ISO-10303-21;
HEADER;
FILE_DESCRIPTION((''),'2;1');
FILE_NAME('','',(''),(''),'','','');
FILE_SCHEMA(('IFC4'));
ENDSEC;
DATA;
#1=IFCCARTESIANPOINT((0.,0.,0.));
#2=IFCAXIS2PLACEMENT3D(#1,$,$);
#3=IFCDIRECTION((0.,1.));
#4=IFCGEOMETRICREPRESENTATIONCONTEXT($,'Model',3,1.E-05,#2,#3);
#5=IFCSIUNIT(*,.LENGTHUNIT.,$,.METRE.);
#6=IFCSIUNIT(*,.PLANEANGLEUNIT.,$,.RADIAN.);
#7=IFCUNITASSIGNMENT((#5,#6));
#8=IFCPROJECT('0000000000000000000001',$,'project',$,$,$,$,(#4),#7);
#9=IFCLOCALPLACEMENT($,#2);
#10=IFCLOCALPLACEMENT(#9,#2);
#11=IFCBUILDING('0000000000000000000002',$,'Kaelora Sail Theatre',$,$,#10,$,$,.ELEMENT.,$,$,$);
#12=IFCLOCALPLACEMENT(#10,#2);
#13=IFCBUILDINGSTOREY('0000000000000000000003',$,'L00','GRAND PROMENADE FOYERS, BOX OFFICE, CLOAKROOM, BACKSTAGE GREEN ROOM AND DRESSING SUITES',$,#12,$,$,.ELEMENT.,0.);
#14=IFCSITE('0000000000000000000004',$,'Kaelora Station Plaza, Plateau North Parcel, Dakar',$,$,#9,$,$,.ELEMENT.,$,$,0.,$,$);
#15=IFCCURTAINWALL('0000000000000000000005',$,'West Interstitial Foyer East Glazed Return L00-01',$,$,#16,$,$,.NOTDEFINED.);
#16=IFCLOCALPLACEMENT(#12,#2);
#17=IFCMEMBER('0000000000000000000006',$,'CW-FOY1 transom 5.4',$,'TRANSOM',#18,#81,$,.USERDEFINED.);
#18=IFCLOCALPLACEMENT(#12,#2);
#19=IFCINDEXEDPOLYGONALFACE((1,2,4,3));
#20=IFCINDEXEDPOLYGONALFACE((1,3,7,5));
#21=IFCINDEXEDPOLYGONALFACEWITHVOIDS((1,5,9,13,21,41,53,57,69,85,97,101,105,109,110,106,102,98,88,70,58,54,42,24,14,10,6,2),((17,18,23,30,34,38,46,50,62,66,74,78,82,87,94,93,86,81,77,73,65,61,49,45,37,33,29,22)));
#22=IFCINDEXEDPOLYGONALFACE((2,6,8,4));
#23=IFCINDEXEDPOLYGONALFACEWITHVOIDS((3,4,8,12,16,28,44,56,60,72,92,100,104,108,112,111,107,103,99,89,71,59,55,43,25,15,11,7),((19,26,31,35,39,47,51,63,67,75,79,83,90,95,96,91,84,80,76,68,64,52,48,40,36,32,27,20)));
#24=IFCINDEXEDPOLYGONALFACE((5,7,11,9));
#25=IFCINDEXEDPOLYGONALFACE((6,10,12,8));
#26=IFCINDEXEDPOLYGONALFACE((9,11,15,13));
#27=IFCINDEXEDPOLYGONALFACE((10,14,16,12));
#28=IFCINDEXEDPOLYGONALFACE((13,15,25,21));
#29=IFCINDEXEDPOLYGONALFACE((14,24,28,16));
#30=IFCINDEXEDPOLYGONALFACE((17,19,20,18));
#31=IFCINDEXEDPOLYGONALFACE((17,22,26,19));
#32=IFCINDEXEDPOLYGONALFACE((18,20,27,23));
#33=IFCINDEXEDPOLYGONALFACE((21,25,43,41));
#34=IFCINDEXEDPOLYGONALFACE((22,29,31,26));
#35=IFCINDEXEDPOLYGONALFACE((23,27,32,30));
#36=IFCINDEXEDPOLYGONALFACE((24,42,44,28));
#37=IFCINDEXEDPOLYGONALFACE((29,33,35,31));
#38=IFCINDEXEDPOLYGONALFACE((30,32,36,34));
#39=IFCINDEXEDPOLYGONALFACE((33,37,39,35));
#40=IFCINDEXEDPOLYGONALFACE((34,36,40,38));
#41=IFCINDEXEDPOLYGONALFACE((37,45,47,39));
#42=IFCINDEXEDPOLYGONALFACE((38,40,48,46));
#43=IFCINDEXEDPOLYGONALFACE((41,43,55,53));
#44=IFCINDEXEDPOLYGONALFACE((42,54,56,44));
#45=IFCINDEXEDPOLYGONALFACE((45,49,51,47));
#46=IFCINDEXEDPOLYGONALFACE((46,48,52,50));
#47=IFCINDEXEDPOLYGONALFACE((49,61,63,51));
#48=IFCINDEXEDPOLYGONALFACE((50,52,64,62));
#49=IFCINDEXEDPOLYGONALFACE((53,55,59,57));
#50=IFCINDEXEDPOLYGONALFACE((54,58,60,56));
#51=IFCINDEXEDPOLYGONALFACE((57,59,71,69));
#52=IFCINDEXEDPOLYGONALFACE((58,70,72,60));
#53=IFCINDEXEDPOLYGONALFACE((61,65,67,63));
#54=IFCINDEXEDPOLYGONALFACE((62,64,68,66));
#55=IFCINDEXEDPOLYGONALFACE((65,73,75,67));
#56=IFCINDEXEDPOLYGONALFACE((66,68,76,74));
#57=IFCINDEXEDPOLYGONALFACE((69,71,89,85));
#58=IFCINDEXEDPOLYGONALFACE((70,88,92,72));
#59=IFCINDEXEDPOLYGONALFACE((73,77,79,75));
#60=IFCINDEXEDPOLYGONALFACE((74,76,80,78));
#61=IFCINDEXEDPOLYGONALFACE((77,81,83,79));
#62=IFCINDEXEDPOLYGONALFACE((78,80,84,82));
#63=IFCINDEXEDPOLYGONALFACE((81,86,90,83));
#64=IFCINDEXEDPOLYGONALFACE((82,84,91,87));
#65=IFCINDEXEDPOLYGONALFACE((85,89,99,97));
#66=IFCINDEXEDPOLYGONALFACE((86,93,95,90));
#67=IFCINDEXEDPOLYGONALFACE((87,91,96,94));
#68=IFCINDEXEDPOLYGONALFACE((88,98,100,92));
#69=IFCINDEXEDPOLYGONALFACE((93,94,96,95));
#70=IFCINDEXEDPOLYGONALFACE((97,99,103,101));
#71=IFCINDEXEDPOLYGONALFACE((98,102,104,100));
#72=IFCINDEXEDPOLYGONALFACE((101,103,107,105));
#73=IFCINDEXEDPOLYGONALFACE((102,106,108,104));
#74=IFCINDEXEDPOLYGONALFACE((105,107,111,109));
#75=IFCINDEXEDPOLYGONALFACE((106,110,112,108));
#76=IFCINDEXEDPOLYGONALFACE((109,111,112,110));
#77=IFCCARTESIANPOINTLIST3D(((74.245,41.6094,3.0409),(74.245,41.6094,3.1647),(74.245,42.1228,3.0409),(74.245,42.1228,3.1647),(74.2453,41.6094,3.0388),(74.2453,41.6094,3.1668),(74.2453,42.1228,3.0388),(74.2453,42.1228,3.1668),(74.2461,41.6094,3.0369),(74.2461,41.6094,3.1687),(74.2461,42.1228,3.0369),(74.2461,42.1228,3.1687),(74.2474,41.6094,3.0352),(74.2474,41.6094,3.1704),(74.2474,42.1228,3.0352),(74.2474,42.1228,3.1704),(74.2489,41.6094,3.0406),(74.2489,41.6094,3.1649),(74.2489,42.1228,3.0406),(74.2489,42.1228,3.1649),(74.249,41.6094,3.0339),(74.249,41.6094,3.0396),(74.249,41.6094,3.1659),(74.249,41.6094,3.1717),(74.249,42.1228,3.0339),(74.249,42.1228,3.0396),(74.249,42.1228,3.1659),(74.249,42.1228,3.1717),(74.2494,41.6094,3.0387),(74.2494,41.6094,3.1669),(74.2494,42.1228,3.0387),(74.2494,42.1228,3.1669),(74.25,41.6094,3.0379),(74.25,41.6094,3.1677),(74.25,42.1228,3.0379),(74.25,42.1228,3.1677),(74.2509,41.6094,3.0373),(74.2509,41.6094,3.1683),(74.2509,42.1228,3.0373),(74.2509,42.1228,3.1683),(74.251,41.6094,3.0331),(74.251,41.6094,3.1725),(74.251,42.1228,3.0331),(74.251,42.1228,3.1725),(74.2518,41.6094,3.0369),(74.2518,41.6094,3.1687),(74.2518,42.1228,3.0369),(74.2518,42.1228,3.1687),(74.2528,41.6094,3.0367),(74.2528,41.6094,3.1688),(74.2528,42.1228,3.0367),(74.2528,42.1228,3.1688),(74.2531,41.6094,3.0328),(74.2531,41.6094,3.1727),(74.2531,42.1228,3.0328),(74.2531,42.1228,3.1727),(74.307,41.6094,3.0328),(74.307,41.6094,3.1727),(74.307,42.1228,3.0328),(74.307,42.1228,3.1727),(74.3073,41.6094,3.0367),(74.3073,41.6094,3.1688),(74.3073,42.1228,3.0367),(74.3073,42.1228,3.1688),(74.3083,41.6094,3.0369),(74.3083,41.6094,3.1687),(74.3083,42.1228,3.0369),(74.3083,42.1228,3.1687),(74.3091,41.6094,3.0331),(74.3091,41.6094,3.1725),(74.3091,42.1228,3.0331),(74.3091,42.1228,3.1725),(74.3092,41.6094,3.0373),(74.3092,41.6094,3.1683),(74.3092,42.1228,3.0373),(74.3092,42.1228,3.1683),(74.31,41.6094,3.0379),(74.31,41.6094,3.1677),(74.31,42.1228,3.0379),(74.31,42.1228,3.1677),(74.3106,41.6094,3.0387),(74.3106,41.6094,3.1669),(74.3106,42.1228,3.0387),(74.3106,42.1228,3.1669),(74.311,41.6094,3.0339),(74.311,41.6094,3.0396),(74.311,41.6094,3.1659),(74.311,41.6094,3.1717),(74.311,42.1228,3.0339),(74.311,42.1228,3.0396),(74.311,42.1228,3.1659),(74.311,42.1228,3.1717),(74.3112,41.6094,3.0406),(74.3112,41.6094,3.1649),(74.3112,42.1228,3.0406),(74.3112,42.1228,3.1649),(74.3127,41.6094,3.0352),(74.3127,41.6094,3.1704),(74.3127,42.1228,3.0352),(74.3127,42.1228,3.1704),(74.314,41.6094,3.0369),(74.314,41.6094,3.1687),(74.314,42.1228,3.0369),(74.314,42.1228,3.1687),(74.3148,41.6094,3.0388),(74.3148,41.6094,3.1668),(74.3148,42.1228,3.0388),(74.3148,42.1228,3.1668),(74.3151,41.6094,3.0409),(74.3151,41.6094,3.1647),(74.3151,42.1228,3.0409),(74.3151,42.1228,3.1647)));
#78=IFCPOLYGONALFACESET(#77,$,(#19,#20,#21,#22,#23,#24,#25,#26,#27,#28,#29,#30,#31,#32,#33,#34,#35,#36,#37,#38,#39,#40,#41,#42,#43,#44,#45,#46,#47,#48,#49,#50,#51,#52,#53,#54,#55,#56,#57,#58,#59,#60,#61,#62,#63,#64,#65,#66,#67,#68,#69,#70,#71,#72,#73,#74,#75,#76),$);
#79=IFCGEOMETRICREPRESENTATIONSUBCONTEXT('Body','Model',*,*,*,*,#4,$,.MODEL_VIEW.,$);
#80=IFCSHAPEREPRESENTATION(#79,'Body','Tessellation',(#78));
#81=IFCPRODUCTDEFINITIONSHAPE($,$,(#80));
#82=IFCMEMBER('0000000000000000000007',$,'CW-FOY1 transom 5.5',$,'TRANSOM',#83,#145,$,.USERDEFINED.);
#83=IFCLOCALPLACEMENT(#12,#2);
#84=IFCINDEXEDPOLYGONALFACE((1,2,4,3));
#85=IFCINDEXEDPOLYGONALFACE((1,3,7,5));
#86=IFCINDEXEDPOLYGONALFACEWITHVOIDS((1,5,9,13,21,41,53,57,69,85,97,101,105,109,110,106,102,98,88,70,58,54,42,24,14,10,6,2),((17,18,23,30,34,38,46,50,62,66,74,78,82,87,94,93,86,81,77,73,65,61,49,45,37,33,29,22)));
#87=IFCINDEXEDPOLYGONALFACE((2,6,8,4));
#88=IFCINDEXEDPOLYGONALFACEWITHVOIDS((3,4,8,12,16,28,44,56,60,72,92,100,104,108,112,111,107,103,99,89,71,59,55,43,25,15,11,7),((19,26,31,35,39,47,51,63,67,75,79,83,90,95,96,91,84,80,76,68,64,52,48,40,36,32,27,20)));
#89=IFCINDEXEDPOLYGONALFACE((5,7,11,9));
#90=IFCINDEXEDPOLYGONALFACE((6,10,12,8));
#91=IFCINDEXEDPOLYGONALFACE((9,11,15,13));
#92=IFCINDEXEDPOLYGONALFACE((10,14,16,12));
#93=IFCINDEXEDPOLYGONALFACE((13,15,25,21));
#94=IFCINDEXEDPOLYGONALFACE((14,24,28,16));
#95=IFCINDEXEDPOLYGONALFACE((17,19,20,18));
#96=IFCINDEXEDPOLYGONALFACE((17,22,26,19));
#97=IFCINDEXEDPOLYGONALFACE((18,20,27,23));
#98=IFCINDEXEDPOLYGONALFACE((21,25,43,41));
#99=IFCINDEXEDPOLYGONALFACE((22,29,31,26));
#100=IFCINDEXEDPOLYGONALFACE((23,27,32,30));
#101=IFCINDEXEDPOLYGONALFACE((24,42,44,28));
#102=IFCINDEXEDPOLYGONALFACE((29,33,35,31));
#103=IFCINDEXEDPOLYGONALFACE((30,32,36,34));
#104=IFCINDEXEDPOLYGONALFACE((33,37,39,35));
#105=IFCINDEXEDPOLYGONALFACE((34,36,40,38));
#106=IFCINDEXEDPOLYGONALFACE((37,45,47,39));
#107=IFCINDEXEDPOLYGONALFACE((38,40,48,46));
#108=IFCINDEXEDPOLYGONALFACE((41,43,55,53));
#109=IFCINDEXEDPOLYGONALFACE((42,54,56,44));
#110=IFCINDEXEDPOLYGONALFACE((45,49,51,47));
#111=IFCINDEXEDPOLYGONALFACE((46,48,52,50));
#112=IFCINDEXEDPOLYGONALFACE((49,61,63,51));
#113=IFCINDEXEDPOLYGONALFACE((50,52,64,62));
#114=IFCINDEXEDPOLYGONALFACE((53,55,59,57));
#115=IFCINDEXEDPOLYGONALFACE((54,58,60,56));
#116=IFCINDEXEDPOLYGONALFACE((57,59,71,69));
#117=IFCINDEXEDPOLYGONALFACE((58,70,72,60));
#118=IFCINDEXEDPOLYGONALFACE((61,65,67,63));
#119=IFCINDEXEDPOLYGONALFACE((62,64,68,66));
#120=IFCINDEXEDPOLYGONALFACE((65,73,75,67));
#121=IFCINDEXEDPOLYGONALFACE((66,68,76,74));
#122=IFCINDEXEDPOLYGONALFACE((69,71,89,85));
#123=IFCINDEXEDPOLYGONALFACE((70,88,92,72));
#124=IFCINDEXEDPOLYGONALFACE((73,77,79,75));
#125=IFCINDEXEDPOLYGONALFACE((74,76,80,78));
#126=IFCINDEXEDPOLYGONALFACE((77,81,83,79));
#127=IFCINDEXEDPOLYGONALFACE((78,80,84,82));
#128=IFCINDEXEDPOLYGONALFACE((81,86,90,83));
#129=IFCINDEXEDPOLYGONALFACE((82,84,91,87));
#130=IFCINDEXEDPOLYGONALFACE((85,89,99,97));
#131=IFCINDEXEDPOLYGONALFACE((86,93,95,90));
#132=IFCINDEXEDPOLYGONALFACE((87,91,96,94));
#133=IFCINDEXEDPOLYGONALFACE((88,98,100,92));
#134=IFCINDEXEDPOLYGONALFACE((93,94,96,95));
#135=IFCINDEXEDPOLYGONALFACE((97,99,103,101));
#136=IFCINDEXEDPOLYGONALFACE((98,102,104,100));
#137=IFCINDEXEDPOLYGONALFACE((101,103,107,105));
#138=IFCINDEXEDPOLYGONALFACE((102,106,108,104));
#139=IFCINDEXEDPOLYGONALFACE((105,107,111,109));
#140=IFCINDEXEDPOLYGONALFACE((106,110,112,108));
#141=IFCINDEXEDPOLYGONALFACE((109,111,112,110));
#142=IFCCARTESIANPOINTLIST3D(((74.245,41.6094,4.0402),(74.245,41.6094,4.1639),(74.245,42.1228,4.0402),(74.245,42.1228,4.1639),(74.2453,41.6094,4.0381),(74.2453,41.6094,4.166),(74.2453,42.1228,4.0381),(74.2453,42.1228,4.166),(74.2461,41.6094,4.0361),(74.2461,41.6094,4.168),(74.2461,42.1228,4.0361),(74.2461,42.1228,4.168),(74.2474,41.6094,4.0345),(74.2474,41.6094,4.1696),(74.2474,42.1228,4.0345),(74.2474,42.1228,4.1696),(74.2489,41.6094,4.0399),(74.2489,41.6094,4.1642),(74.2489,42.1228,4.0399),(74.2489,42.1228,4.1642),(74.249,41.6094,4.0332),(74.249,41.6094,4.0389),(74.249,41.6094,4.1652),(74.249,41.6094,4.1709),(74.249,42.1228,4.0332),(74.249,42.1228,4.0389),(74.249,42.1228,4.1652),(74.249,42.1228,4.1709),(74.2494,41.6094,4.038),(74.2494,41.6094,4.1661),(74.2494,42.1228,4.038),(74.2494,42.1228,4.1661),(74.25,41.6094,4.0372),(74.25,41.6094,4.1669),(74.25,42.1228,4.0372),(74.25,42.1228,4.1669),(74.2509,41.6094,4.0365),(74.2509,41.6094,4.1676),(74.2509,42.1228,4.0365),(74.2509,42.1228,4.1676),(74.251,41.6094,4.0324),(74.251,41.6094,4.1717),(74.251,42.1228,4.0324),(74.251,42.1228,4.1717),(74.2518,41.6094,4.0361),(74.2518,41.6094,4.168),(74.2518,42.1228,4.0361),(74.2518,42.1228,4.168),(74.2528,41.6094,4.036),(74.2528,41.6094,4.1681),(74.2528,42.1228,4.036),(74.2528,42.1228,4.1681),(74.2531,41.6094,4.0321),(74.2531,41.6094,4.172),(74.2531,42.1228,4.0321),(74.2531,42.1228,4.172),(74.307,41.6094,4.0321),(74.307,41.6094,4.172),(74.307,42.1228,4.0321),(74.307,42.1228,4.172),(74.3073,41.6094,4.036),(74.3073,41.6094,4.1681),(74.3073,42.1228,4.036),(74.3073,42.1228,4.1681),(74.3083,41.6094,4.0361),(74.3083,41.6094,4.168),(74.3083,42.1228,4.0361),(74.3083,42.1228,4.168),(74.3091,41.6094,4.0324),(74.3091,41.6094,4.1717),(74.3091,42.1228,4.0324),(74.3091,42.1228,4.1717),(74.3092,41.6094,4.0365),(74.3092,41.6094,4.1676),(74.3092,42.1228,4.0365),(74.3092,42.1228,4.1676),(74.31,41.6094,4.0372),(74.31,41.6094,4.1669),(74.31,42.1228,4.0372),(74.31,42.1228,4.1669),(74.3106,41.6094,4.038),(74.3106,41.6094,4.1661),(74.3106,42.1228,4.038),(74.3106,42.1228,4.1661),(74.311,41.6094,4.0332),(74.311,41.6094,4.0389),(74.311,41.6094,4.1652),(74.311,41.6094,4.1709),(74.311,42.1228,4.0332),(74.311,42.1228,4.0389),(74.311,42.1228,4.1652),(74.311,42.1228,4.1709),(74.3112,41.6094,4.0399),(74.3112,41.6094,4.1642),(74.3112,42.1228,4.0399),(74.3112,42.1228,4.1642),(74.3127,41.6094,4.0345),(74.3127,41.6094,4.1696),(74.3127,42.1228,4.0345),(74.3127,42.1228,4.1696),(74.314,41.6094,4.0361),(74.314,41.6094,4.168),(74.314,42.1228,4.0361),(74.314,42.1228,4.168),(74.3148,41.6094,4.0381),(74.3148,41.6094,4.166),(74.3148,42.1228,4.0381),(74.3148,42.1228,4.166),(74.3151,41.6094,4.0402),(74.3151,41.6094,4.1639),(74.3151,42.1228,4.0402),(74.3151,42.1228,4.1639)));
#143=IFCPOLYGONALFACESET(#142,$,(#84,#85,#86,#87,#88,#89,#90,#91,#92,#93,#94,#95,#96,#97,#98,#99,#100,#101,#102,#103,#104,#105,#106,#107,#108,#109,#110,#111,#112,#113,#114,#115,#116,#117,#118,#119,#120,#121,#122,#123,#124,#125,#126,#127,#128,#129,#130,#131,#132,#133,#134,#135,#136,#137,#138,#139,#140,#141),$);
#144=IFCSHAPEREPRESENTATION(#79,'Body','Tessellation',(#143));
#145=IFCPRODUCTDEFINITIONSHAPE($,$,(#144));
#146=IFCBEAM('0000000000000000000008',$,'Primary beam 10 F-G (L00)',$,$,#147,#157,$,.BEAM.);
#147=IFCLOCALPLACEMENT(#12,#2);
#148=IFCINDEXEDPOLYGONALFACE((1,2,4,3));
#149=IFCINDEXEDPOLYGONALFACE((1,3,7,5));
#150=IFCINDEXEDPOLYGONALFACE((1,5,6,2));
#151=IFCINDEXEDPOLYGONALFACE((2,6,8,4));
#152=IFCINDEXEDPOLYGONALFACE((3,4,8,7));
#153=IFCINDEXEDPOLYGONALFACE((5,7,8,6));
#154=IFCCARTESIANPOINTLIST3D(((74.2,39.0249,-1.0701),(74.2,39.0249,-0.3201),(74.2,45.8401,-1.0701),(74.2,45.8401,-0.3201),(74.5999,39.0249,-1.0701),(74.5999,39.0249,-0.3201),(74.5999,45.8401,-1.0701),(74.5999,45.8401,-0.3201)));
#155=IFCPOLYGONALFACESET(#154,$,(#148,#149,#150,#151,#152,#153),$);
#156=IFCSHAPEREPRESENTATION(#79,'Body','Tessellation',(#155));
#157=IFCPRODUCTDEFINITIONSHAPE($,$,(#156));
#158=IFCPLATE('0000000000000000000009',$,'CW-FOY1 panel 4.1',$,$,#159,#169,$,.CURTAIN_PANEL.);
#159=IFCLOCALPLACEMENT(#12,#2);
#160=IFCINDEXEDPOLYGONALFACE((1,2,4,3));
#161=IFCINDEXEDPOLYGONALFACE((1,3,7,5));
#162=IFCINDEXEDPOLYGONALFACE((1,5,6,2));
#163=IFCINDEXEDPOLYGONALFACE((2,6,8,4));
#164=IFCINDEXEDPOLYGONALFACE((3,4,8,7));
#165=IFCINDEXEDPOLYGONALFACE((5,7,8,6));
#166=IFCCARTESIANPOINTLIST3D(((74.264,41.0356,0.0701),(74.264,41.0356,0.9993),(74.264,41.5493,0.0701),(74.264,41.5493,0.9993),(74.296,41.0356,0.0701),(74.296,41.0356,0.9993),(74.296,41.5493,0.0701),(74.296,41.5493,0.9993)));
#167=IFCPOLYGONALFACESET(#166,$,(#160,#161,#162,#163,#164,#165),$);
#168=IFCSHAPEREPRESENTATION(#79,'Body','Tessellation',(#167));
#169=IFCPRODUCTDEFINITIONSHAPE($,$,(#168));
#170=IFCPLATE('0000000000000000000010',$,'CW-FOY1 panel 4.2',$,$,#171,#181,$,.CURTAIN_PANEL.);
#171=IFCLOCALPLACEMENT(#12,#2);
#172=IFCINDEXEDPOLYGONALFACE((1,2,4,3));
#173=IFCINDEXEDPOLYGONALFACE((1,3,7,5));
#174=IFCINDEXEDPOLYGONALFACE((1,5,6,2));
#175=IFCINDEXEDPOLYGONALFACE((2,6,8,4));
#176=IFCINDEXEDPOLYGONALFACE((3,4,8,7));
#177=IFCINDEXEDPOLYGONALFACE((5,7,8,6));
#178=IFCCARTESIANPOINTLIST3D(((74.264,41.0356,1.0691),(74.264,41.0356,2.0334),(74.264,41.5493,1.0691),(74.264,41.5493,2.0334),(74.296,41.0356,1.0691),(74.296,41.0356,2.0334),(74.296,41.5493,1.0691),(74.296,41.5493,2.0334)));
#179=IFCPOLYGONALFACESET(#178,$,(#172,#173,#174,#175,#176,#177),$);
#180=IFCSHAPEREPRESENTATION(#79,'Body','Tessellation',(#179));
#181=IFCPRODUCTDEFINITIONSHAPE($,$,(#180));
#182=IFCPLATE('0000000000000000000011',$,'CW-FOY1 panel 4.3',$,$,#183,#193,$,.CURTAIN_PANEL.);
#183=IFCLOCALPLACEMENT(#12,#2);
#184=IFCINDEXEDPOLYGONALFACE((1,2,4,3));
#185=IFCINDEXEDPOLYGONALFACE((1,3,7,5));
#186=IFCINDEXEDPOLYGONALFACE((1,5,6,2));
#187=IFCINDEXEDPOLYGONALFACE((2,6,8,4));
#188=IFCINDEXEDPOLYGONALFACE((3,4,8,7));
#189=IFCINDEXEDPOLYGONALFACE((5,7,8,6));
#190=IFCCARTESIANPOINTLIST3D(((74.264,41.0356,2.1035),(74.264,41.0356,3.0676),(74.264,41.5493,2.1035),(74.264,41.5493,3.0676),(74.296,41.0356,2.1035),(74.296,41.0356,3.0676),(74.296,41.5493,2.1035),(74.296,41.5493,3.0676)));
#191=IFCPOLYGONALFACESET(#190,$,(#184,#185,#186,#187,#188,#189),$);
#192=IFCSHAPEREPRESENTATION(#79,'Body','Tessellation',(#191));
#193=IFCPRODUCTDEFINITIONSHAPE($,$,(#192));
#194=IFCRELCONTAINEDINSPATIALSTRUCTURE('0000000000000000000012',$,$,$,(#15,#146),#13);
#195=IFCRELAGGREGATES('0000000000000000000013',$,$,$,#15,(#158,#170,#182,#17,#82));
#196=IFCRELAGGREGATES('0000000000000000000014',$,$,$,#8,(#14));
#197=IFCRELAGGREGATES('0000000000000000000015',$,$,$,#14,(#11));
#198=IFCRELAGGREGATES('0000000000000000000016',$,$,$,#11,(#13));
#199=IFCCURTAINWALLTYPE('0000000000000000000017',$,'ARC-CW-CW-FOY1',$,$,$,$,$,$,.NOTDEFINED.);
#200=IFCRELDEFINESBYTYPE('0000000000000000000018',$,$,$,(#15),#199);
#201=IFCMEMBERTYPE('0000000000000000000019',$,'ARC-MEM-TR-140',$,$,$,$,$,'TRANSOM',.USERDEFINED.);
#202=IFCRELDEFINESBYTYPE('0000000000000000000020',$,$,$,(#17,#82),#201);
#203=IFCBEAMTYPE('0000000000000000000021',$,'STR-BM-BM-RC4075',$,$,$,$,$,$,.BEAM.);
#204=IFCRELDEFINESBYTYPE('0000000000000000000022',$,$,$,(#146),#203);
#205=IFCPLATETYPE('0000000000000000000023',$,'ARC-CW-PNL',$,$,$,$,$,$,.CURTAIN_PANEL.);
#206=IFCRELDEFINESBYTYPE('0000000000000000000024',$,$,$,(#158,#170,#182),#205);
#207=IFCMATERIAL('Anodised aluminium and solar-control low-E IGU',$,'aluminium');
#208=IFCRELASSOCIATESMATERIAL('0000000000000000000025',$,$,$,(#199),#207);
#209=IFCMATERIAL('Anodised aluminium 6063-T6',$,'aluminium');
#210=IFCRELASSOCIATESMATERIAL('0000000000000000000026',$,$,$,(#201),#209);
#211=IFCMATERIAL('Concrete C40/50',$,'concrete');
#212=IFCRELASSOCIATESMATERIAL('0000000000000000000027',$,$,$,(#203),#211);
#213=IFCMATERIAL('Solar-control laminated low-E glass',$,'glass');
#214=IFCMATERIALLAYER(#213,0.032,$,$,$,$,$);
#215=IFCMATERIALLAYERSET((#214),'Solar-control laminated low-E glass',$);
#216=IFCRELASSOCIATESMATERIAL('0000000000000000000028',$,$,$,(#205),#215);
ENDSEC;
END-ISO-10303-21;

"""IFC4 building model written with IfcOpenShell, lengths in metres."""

from ifc_helpers import new_model, si_unit, direction, frame, origin, origin_2d, place, context, subcontext, project, spatial, rectangle, hollow_rectangle, extrude, material, layer, layer_set, material_profile, profile_set, type_object, element, aggregate, save


model = new_model("IFC4")

# Units and contexts
model_context = context("Model", 3, precision=1e-05, world=origin(), true_north=direction((0.0, 1.0)))
body_context = subcontext(model_context, "Body", "Model", "MODEL_VIEW")
ifc_project = project(units=[si_unit("LENGTHUNIT", "METRE"), si_unit("PLANEANGLEUNIT", "RADIAN")], contexts=[model_context])

# Site, building, storey
site_placement = place(None, origin())
site = spatial("IfcSite", under=ifc_project, at=site_placement, Name="Kaelora Station Plaza, Plateau North Parcel, Dakar", CompositionType="ELEMENT", RefElevation=0.0)
building_placement = place(site_placement, origin())
building = spatial("IfcBuilding", under=site, at=building_placement, Name="Kaelora Sail Theatre", CompositionType="ELEMENT")
storey_placement = place(building_placement, origin())
storey = spatial("IfcBuildingStorey", under=building, at=storey_placement, Name="L00", Description="GRAND PROMENADE FOYERS, BOX OFFICE, CLOAKROOM, BACKSTAGE GREEN ROOM AND DRESSING SUITES", CompositionType="ELEMENT", Elevation=0.0)

# Curtain wall, members
ifc_material_1 = material(Name="Anodised aluminium and solar-control low-E IGU", Category="aluminium")
curtain_wall_type = type_object("IfcCurtainWallType", Name="ARC-CW-CW-FOY1", PredefinedType="NOTDEFINED", material=ifc_material_1)
curtain_wall_placement = place(storey_placement, origin())
curtain_wall = element("IfcCurtainWall", 1, at=curtain_wall_placement, inside=storey, type_object=curtain_wall_type, Name="West Interstitial Foyer East Glazed Return L00-01", PredefinedType="NOTDEFINED")
ifc_material_2 = material(Name="Anodised aluminium 6063-T6", Category="aluminium")
ifc_material_profile_1 = material_profile(ifc_material_2, hollow_rectangle(XDim=0.0701, YDim=0.1399, WallThickness=0.0039, InnerFilletRadius=0.0039, OuterFilletRadius=0.0081, at=origin_2d()), Name="ALU-TRAN 70x140x4")
ifc_profile_set_1 = profile_set([ifc_material_profile_1], Name="Anodised aluminium 6063-T6")
member_type_1 = type_object("IfcMemberType", Name="ARC-MEM-TR-140", ElementType="TRANSOM", PredefinedType="USERDEFINED", material=ifc_profile_set_1)
member_1_placement = place(storey_placement, frame((74.28, 41.6094, 3.1028), z_axis=(0.0, 1.0, 0.0), x_axis=(-1.0, 0.0, 0.0)))
member_1 = element("IfcMember", 2, at=member_1_placement, type_object=member_type_1, Name="CW-FOY1 transom 5.4", ObjectType="TRANSOM", PredefinedType="USERDEFINED", context=body_context, shape_type="SweptSolid", body=[
    extrude(hollow_rectangle(XDim=0.0701, YDim=0.1399, WallThickness=0.0039, InnerFilletRadius=0.0039, OuterFilletRadius=0.0081, at=origin_2d()), origin(), (0.0, 0.0, 1.0), 0.5134),
])
member_2_placement = place(storey_placement, frame((74.28, 41.6094, 4.1021), z_axis=(0.0, 1.0, 0.0), x_axis=(-1.0, 0.0, 0.0)))
member_2 = element("IfcMember", 3, at=member_2_placement, type_object=member_type_1, Name="CW-FOY1 transom 5.5", ObjectType="TRANSOM", PredefinedType="USERDEFINED", context=body_context, shape_type="SweptSolid", body=[
    extrude(hollow_rectangle(XDim=0.0701, YDim=0.1399, WallThickness=0.0039, InnerFilletRadius=0.0039, OuterFilletRadius=0.0081, at=origin_2d()), origin(), (0.0, 0.0, 1.0), 0.5134),
])

# Beam
ifc_material_3 = material(Name="Concrete C40/50", Category="concrete")
ifc_material_profile_2 = material_profile(ifc_material_3, rectangle(XDim=0.3999, YDim=0.75, at=origin_2d()), Name="RC-BM 400x750")
ifc_profile_set_2 = profile_set([ifc_material_profile_2], Name="Concrete C40/50")
beam_type = type_object("IfcBeamType", Name="STR-BM-BM-RC4075", PredefinedType="BEAM", material=ifc_profile_set_2)
beam_placement = place(storey_placement, frame((74.3999, 39.0249, -0.6951), z_axis=(0.0, 1.0, 0.0), x_axis=(-1.0, 0.0, 0.0)))
element("IfcBeam", 4, at=beam_placement, inside=storey, type_object=beam_type, Name="Primary beam 10 F-G (L00)", PredefinedType="BEAM", context=body_context, shape_type="SweptSolid", body=[
    extrude(rectangle(XDim=0.3999, YDim=0.75, at=origin_2d()), origin(), (0.0, 0.0, 1.0), 6.8152),
])

# Plates
ifc_material_4 = material(Name="Solar-control laminated low-E glass", Category="glass")
ifc_layer = layer(ifc_material_4, 0.032)
ifc_layer_set = layer_set([ifc_layer], Name="Solar-control laminated low-E glass")
plate_type = type_object("IfcPlateType", Name="ARC-CW-PNL", PredefinedType="CURTAIN_PANEL", material=ifc_layer_set)
plate_1_placement = place(storey_placement, frame((74.28, 41.2925, 0.0701), z_axis=(0.0, 0.0, 1.0), x_axis=(0.0, 1.0, 0.0)))
plate_1 = element("IfcPlate", 5, at=plate_1_placement, type_object=plate_type, Name="CW-FOY1 panel 4.1", PredefinedType="CURTAIN_PANEL", context=body_context, shape_type="SweptSolid", body=[
    extrude(rectangle(XDim=0.5137, YDim=0.032, at=origin_2d()), origin(), (0.0, 0.0, 1.0), 0.9292),
])
plate_2_placement = place(storey_placement, frame((74.28, 41.2925, 1.0691), z_axis=(0.0, 0.0, 1.0), x_axis=(0.0, 1.0, 0.0)))
plate_2 = element("IfcPlate", 6, at=plate_2_placement, type_object=plate_type, Name="CW-FOY1 panel 4.2", PredefinedType="CURTAIN_PANEL", context=body_context, shape_type="SweptSolid", body=[
    extrude(rectangle(XDim=0.5137, YDim=0.032, at=origin_2d()), origin(), (0.0, 0.0, 1.0), 0.9644),
])
plate_3_placement = place(storey_placement, frame((74.28, 41.2925, 2.1035), z_axis=(0.0, 0.0, 1.0), x_axis=(0.0, 1.0, 0.0)))
plate_3 = element("IfcPlate", 7, at=plate_3_placement, type_object=plate_type, Name="CW-FOY1 panel 4.3", PredefinedType="CURTAIN_PANEL", context=body_context, shape_type="SweptSolid", body=[
    extrude(rectangle(XDim=0.5137, YDim=0.032, at=origin_2d()), origin(), (0.0, 0.0, 1.0), 0.9641),
])
aggregate(curtain_wall, [plate_1, plate_2, plate_3, member_1, member_2])

save(model, "model.ifc")
